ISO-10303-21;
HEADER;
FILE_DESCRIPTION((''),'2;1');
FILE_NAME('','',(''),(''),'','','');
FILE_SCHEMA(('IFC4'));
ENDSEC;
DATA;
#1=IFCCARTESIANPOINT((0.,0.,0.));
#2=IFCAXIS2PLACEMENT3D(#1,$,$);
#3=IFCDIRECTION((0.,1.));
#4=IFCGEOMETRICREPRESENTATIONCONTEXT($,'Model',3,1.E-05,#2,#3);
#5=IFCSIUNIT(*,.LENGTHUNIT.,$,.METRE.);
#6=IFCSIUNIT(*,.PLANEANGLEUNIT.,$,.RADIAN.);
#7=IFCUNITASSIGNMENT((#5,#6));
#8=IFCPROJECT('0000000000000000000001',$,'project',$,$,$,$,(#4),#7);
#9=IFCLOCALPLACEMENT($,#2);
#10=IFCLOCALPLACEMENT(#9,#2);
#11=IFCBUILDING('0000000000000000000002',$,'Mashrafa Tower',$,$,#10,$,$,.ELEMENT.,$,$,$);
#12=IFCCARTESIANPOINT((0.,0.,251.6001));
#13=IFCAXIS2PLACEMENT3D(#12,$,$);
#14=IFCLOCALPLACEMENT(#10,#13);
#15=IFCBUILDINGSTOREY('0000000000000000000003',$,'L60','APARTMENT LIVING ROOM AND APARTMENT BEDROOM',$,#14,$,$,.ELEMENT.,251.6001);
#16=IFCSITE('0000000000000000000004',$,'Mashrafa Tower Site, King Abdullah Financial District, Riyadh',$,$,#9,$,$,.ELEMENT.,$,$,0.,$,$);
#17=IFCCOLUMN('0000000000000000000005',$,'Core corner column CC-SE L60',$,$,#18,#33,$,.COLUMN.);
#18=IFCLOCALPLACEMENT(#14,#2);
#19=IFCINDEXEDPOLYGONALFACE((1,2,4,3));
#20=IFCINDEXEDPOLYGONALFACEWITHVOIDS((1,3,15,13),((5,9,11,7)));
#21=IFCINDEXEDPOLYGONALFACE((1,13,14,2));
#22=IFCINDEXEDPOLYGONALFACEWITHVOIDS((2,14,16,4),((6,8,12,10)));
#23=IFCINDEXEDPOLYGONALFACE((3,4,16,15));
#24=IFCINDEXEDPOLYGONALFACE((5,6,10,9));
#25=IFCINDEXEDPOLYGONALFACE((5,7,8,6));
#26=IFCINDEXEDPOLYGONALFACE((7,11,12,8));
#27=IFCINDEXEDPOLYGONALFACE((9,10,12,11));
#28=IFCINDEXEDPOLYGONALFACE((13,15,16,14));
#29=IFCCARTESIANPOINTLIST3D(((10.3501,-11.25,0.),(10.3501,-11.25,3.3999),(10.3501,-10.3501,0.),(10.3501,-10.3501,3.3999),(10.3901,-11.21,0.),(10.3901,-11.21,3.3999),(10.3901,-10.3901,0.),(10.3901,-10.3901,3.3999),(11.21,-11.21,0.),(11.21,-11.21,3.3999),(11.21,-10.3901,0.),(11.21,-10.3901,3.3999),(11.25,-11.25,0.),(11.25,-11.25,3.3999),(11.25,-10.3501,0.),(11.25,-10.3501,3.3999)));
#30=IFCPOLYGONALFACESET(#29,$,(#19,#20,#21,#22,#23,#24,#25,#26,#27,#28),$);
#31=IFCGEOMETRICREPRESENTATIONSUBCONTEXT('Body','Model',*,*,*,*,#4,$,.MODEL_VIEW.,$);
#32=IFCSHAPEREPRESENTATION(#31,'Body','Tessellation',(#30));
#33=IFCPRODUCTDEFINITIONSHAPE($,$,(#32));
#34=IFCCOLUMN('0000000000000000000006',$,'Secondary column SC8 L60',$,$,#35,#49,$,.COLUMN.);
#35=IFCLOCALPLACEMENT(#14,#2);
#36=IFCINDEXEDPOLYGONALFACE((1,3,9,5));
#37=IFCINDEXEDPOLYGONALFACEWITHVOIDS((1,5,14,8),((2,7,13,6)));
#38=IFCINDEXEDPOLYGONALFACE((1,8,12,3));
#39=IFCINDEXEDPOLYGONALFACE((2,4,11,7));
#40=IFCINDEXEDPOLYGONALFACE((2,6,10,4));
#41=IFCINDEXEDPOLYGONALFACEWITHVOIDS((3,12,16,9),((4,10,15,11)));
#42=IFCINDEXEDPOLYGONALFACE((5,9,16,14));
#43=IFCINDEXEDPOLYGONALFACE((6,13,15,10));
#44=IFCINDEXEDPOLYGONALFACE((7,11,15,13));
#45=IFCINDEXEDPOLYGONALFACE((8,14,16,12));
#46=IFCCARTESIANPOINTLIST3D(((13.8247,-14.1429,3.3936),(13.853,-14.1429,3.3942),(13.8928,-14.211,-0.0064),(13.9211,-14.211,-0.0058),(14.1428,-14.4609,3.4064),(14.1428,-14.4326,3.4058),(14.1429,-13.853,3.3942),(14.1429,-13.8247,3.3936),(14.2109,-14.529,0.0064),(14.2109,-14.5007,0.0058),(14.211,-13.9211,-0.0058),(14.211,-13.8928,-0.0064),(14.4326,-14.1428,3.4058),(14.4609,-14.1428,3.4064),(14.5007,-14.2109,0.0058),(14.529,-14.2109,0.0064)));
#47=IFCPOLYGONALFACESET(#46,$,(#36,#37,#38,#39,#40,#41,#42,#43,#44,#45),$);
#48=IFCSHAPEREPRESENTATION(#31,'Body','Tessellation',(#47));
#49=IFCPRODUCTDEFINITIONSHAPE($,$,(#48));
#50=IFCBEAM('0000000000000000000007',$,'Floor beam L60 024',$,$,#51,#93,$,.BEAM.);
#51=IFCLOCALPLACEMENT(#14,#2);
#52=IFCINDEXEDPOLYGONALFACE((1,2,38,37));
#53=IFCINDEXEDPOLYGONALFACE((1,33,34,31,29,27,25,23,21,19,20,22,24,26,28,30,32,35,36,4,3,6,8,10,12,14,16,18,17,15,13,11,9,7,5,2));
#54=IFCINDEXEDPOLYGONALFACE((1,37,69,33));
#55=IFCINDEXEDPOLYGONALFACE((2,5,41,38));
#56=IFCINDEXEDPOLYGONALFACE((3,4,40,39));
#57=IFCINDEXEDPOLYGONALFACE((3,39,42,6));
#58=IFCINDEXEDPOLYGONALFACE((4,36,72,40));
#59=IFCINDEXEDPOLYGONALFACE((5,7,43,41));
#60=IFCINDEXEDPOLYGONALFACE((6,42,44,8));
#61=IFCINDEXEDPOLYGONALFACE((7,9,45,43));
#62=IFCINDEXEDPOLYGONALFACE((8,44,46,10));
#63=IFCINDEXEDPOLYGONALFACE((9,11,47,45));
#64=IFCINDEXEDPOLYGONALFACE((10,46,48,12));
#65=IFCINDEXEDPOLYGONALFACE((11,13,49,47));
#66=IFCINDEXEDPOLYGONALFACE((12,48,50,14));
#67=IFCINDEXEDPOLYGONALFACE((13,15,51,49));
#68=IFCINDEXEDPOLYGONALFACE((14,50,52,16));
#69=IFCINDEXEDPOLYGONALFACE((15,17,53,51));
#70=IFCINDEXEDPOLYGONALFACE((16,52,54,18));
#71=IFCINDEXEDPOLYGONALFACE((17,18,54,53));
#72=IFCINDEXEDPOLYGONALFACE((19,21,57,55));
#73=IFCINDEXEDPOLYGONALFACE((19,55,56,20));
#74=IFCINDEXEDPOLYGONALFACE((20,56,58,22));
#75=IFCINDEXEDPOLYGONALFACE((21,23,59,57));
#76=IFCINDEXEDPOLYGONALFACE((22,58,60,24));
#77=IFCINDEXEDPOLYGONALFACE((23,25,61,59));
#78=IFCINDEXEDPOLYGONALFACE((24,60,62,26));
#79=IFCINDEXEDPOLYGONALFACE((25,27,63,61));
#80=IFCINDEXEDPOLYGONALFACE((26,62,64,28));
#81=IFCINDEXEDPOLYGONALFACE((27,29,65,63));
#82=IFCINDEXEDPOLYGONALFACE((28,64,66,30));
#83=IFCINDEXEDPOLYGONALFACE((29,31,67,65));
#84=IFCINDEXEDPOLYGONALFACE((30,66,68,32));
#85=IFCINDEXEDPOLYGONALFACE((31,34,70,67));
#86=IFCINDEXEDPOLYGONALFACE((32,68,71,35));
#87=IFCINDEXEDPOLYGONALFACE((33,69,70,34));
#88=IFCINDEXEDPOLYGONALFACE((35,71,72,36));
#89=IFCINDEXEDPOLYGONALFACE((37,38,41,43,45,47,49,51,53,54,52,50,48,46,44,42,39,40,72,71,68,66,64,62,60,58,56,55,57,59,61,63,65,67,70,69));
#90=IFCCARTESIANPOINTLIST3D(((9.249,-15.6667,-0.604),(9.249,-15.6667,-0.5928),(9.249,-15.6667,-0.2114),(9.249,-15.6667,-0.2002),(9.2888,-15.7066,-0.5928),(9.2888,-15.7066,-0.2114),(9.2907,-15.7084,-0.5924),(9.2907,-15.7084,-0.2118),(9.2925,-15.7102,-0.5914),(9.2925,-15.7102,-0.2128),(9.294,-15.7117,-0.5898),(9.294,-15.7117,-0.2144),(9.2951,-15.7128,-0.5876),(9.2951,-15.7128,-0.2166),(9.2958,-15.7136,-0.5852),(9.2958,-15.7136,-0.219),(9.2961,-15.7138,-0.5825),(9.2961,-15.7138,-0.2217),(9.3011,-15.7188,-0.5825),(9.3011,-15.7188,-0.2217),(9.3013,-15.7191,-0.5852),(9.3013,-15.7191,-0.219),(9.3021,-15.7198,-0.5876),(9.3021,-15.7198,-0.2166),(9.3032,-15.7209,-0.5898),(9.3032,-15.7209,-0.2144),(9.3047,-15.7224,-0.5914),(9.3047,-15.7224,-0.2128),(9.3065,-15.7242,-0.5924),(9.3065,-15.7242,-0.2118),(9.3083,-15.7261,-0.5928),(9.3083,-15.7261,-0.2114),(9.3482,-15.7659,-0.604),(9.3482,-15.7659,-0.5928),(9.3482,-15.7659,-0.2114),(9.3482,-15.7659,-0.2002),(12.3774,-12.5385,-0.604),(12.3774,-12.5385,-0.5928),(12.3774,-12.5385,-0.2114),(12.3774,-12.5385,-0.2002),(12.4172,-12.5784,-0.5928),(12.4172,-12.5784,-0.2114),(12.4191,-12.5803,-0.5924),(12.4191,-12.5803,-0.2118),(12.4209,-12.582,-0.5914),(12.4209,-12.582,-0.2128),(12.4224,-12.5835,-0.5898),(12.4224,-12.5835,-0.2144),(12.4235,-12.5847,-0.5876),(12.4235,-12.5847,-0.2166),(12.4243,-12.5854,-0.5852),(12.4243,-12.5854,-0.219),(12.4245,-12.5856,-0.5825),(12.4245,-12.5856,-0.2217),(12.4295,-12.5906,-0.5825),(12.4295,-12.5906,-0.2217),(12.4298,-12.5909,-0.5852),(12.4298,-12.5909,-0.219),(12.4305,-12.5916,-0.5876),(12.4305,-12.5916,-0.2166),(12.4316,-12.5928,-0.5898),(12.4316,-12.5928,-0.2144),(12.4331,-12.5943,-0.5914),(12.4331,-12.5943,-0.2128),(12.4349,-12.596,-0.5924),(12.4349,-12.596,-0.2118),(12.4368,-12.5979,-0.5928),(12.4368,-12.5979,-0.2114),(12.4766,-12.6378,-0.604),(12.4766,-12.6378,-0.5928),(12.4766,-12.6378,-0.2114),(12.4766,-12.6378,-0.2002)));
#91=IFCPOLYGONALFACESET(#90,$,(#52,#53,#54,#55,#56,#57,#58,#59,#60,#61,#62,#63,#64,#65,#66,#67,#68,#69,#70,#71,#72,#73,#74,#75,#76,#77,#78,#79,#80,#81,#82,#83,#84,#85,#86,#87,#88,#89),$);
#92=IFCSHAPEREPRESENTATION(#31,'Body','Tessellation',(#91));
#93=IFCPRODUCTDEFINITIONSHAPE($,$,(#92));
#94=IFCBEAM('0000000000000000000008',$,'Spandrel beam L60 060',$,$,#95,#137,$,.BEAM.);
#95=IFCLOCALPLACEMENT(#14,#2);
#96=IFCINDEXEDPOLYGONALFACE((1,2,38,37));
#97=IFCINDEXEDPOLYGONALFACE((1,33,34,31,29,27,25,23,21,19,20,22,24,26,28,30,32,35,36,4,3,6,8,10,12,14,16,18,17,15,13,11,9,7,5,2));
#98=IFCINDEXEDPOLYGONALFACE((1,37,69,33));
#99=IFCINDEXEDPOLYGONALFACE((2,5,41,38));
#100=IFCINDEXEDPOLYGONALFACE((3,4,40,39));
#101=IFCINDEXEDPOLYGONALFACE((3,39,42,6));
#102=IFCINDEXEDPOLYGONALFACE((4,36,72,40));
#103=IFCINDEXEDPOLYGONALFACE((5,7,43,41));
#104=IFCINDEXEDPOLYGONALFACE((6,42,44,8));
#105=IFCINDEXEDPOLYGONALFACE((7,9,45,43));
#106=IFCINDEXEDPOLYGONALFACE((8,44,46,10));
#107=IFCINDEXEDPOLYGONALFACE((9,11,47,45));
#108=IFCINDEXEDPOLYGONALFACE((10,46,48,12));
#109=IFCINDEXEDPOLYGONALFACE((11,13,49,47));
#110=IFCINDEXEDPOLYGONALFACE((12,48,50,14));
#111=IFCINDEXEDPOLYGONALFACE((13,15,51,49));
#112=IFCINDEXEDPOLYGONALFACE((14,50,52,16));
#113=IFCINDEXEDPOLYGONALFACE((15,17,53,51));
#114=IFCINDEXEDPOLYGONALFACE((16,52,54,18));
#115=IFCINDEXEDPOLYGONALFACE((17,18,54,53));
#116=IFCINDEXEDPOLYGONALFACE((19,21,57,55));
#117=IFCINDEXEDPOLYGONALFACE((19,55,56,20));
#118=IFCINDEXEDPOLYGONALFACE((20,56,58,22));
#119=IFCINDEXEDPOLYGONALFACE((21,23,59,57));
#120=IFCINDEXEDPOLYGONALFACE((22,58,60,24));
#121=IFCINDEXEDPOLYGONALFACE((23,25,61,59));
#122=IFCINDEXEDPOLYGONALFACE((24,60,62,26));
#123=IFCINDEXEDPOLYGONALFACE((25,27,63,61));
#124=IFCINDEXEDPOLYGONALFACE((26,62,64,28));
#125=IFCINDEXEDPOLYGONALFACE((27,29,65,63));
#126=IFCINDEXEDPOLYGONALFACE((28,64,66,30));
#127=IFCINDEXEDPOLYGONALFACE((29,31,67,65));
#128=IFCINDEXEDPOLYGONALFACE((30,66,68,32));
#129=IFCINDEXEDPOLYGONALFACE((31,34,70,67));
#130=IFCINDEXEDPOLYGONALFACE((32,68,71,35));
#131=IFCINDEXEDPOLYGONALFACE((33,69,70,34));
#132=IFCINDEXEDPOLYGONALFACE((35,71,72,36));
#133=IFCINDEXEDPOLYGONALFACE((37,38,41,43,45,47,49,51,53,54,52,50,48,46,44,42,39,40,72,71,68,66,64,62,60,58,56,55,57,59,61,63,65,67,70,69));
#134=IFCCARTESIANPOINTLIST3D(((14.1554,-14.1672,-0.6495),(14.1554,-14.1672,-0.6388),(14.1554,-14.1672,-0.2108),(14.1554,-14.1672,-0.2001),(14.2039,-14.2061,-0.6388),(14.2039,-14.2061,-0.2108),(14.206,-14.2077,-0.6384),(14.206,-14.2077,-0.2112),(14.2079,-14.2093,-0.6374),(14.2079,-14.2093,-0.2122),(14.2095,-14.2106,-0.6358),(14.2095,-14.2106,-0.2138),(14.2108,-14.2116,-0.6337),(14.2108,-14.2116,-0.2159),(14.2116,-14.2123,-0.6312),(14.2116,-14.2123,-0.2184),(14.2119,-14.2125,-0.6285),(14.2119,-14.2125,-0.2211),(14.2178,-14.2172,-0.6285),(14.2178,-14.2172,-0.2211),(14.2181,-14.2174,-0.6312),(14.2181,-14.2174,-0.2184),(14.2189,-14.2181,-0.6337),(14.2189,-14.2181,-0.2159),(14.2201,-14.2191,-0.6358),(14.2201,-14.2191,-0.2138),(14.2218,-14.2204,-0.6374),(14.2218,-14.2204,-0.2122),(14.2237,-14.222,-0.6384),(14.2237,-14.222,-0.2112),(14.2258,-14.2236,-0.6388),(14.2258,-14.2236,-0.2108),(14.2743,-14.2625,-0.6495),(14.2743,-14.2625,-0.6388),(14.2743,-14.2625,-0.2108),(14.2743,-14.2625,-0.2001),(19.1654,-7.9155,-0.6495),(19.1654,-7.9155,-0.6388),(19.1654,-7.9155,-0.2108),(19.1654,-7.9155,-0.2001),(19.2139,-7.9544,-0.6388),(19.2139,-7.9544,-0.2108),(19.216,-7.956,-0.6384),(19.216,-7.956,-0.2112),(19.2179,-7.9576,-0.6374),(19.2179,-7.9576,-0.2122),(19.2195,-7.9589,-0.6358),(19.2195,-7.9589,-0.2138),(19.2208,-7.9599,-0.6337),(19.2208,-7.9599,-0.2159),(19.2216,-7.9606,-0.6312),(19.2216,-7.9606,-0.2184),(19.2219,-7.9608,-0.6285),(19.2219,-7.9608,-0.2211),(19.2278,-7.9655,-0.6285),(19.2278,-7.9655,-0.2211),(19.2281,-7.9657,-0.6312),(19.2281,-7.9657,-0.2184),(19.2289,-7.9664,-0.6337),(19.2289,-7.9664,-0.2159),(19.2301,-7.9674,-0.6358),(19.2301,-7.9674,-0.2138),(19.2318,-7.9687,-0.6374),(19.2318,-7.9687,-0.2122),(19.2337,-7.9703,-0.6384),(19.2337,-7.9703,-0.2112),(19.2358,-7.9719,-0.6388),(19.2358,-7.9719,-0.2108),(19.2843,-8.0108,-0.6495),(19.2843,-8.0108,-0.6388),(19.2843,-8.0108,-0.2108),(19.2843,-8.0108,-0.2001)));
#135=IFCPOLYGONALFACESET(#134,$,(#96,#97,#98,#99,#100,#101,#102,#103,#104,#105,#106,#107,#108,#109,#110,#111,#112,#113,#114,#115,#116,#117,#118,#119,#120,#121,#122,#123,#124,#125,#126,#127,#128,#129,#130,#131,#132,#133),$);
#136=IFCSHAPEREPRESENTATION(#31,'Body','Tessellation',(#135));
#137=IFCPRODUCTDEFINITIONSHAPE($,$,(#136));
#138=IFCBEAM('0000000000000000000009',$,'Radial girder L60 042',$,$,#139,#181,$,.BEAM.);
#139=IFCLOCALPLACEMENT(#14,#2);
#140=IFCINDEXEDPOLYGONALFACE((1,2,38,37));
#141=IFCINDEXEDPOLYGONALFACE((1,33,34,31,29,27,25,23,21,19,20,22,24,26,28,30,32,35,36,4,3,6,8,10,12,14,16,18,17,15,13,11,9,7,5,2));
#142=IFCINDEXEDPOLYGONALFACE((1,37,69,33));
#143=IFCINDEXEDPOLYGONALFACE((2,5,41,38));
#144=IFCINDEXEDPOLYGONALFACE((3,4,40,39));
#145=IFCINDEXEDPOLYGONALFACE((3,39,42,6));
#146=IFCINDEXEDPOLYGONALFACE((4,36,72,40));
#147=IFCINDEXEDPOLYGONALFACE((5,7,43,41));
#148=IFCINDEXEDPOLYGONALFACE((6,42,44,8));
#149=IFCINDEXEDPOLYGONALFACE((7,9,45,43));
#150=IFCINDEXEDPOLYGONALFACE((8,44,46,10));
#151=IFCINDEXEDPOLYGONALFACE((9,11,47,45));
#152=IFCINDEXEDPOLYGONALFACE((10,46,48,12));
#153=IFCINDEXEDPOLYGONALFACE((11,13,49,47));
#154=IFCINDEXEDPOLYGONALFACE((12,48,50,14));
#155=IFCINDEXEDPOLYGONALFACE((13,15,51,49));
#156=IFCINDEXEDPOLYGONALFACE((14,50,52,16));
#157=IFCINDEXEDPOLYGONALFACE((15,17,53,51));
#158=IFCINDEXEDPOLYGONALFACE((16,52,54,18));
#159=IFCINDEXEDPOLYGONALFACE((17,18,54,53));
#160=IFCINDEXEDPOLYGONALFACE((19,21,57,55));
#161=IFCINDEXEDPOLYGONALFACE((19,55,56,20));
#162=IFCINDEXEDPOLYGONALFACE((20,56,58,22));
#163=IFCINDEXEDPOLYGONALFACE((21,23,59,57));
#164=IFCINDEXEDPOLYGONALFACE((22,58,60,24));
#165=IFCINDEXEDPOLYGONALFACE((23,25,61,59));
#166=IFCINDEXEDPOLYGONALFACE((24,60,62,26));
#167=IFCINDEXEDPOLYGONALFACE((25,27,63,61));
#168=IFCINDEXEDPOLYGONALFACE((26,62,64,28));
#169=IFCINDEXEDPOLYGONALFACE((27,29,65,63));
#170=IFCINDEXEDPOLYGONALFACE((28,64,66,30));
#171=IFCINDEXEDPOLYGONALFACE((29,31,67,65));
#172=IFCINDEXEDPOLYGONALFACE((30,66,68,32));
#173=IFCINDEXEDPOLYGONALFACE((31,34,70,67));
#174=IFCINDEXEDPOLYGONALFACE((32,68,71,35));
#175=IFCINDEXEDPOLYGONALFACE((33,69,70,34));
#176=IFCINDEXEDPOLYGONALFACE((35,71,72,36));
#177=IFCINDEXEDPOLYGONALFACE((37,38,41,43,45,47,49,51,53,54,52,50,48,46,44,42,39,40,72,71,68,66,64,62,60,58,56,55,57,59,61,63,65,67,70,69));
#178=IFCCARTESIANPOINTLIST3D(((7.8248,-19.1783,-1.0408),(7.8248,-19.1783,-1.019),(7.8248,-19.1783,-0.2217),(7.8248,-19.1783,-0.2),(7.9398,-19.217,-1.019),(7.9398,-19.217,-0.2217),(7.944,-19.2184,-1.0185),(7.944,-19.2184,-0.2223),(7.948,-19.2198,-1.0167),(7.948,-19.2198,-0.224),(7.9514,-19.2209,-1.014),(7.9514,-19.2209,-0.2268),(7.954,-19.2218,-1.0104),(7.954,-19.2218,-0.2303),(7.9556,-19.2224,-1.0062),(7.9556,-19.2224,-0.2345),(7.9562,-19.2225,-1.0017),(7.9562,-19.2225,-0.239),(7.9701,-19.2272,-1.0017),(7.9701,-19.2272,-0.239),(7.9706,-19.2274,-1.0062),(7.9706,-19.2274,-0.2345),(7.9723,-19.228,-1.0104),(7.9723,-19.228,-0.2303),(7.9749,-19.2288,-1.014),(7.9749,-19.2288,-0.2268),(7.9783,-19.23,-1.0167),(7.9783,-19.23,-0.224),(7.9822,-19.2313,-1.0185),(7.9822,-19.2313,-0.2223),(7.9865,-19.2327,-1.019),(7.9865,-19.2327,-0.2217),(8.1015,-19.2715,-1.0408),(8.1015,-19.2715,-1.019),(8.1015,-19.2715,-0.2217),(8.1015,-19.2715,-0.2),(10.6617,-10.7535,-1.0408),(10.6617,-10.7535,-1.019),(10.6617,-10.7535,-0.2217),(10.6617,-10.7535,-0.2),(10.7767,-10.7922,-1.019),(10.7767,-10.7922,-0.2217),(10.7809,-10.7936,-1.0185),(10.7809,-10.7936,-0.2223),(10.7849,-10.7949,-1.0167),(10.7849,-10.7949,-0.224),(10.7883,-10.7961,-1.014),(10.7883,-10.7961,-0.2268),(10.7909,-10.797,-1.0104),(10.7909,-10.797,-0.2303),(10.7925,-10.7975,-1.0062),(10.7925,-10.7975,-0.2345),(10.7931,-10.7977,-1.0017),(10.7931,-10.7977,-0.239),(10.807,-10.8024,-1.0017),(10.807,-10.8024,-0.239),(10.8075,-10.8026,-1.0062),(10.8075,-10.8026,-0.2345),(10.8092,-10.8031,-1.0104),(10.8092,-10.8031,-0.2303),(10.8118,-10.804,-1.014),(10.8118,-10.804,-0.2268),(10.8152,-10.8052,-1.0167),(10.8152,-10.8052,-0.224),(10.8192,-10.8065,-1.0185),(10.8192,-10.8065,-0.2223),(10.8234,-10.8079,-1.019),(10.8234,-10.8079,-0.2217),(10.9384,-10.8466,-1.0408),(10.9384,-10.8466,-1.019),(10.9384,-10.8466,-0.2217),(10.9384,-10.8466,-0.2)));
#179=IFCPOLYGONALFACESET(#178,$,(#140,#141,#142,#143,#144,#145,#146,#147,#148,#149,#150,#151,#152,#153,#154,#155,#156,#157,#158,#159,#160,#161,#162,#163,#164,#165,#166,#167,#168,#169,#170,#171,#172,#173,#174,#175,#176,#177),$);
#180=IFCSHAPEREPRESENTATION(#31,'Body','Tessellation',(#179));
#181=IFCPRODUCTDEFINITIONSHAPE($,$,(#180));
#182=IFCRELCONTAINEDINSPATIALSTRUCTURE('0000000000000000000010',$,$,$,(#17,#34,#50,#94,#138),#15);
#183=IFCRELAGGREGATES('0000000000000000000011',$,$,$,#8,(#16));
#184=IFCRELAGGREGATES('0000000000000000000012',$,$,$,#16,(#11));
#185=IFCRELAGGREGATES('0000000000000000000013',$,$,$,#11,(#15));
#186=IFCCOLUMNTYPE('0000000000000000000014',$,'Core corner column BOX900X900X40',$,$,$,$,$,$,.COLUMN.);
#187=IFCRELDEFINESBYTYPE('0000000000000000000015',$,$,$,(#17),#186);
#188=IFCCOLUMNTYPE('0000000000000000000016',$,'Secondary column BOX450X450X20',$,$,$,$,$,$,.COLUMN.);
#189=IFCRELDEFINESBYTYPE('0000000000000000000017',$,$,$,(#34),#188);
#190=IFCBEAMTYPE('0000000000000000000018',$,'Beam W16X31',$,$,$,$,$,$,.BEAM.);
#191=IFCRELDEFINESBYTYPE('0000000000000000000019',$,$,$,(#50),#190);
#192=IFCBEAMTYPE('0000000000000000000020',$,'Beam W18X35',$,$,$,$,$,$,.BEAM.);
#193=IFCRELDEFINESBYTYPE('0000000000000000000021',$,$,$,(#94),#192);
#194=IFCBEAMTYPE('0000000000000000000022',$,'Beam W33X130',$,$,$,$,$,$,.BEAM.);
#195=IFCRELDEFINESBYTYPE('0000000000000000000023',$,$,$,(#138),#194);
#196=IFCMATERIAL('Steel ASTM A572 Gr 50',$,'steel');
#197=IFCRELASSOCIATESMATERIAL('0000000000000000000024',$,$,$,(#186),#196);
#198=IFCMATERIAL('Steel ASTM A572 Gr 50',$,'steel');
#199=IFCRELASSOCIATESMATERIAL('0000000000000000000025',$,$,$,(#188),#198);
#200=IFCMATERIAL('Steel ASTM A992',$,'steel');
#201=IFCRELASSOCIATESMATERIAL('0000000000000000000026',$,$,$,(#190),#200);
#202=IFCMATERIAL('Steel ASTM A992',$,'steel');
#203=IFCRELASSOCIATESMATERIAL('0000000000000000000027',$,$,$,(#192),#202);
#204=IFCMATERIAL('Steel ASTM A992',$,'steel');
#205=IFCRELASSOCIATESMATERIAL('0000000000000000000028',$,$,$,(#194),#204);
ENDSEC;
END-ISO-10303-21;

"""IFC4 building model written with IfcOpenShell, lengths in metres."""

from ifc_helpers import new_model, si_unit, direction, frame, origin, origin_2d, place, context, subcontext, project, spatial, hollow_rectangle, i_section, extrude, material, material_profile, profile_set, type_object, element, save


model = new_model("IFC4")

# Units and contexts
model_context = context("Model", 3, precision=1e-05, world=origin(), true_north=direction((0.0, 1.0)))
body_context = subcontext(model_context, "Body", "Model", "MODEL_VIEW")
ifc_project = project(units=[si_unit("LENGTHUNIT", "METRE"), si_unit("PLANEANGLEUNIT", "RADIAN")], contexts=[model_context])

# Site, building, storey
site_placement = place(None, origin())
site = spatial("IfcSite", under=ifc_project, at=site_placement, Name="Mashrafa Tower Site, King Abdullah Financial District, Riyadh", CompositionType="ELEMENT", RefElevation=0.0)
building_placement = place(site_placement, origin())
building = spatial("IfcBuilding", under=site, at=building_placement, Name="Mashrafa Tower", CompositionType="ELEMENT")
storey_placement = place(building_placement, frame((0.0, 0.0, 251.6001)))
storey = spatial("IfcBuildingStorey", under=building, at=storey_placement, Name="L60", Description="APARTMENT LIVING ROOM AND APARTMENT BEDROOM", CompositionType="ELEMENT", Elevation=251.6001)

# Columns
ifc_material_1 = material(Name="Steel ASTM A572 Gr 50", Category="steel")
ifc_material_profile_1 = material_profile(ifc_material_1, hollow_rectangle(XDim=0.8999, YDim=0.8999, WallThickness=0.04, at=origin_2d()), Name="BOX900X900X40")
ifc_profile_set_1 = profile_set([ifc_material_profile_1], Name="Steel ASTM A572 Gr 50")
column_type_1 = type_object("IfcColumnType", Name="Core corner column BOX900X900X40", PredefinedType="COLUMN", material=ifc_profile_set_1)
column_1_placement = place(storey_placement, frame((10.8, -10.8, 0.0), z_axis=(0.0, 0.0, 1.0), x_axis=(1.0, 0.0, 0.0)))
element("IfcColumn", 1, at=column_1_placement, inside=storey, type_object=column_type_1, Name="Core corner column CC-SE L60", PredefinedType="COLUMN", context=body_context, shape_type="SweptSolid", body=[
    extrude(hollow_rectangle(XDim=0.8999, YDim=0.8999, WallThickness=0.04, at=origin_2d()), origin(), (0.0, 0.0, 1.0), 3.3999),
])
ifc_material_2 = material(Name="Steel ASTM A572 Gr 50", Category="steel")
ifc_material_profile_2 = material_profile(ifc_material_2, hollow_rectangle(XDim=0.45, YDim=0.45, WallThickness=0.02, at=origin_2d()), Name="BOX450X450X20")
ifc_profile_set_2 = profile_set([ifc_material_profile_2], Name="Steel ASTM A572 Gr 50")
column_type_2 = type_object("IfcColumnType", Name="Secondary column BOX450X450X20", PredefinedType="COLUMN", material=ifc_profile_set_2)
column_2_placement = place(storey_placement, frame((14.2109, -14.2109, 0.0), z_axis=(-0.020026, 0.020026, 0.999599), x_axis=(-0.707107, -0.707107, 0.0)))
element("IfcColumn", 2, at=column_2_placement, inside=storey, type_object=column_type_2, Name="Secondary column SC8 L60", PredefinedType="COLUMN", context=body_context, shape_type="SweptSolid", body=[
    extrude(hollow_rectangle(XDim=0.45, YDim=0.45, WallThickness=0.02, at=origin_2d()), origin(), (0.0, 0.0, 1.0), 3.4014),
])

# Beams
ifc_material_3 = material(Name="Steel ASTM A992", Category="steel")
ifc_material_profile_3 = material_profile(ifc_material_3, i_section(OverallWidth=0.1404, OverallDepth=0.4038, WebThickness=0.0071, FlangeThickness=0.0112, FilletRadius=0.0103, at=origin_2d()), Name="W16X31")
ifc_profile_set_3 = profile_set([ifc_material_profile_3], Name="Steel ASTM A992")
beam_type_1 = type_object("IfcBeamType", Name="Beam W16X31", PredefinedType="BEAM", material=ifc_profile_set_3)
beam_1_placement = place(storey_placement, frame((12.427, -12.5881, -0.4021), z_axis=(-0.707134, -0.707079, 0.0), x_axis=(0.707079, -0.707134, 0.0)))
element("IfcBeam", 3, at=beam_1_placement, inside=storey, type_object=beam_type_1, Name="Floor beam L60 024", PredefinedType="BEAM", context=body_context, shape_type="SweptSolid", body=[
    extrude(i_section(OverallWidth=0.1404, OverallDepth=0.4038, WebThickness=0.0071, FlangeThickness=0.0112, FilletRadius=0.0103, at=origin_2d()), origin(), (0.0, 0.0, 1.0), 4.4241),
])
ifc_material_4 = material(Name="Steel ASTM A992", Category="steel")
ifc_material_profile_4 = material_profile(ifc_material_4, i_section(OverallWidth=0.1523, OverallDepth=0.4495, WebThickness=0.0076, FlangeThickness=0.0107, FilletRadius=0.0103, at=origin_2d()), Name="W18X35")
ifc_profile_set_4 = profile_set([ifc_material_profile_4], Name="Steel ASTM A992")
beam_type_2 = type_object("IfcBeamType", Name="Beam W18X35", PredefinedType="BEAM", material=ifc_profile_set_4)
beam_2_placement = place(storey_placement, frame((14.2148, -14.2148, -0.4248), z_axis=(0.625353, 0.780342, 0.0), x_axis=(-0.780342, 0.625353, 0.0)))
element("IfcBeam", 4, at=beam_2_placement, inside=storey, type_object=beam_type_2, Name="Spandrel beam L60 060", PredefinedType="BEAM", context=body_context, shape_type="SweptSolid", body=[
    extrude(i_section(OverallWidth=0.1523, OverallDepth=0.4495, WebThickness=0.0076, FlangeThickness=0.0107, FilletRadius=0.0103, at=origin_2d()), origin(), (0.0, 0.0, 1.0), 8.0115),
])
ifc_material_5 = material(Name="Steel ASTM A992", Category="steel")
ifc_material_profile_5 = material_profile(ifc_material_5, i_section(OverallWidth=0.292, OverallDepth=0.8408, WebThickness=0.0146, FlangeThickness=0.0217, FilletRadius=0.0173, at=origin_2d()), Name="W33X130")
ifc_profile_set_5 = profile_set([ifc_material_profile_5], Name="Steel ASTM A992")
beam_type_3 = type_object("IfcBeamType", Name="Beam W33X130", PredefinedType="BEAM", material=ifc_profile_set_5)
beam_3_placement = place(storey_placement, frame((10.8, -10.8, -0.6204), z_axis=(-0.319126, -0.947712, 0.0), x_axis=(0.947712, -0.319126, 0.0)))
element("IfcBeam", 5, at=beam_3_placement, inside=storey, type_object=beam_type_3, Name="Radial girder L60 042", PredefinedType="BEAM", context=body_context, shape_type="SweptSolid", body=[
    extrude(i_section(OverallWidth=0.292, OverallDepth=0.8408, WebThickness=0.0146, FlangeThickness=0.0217, FilletRadius=0.0173, at=origin_2d()), origin(), (0.0, 0.0, 1.0), 8.8896),
])

save(model, "model.ifc")
